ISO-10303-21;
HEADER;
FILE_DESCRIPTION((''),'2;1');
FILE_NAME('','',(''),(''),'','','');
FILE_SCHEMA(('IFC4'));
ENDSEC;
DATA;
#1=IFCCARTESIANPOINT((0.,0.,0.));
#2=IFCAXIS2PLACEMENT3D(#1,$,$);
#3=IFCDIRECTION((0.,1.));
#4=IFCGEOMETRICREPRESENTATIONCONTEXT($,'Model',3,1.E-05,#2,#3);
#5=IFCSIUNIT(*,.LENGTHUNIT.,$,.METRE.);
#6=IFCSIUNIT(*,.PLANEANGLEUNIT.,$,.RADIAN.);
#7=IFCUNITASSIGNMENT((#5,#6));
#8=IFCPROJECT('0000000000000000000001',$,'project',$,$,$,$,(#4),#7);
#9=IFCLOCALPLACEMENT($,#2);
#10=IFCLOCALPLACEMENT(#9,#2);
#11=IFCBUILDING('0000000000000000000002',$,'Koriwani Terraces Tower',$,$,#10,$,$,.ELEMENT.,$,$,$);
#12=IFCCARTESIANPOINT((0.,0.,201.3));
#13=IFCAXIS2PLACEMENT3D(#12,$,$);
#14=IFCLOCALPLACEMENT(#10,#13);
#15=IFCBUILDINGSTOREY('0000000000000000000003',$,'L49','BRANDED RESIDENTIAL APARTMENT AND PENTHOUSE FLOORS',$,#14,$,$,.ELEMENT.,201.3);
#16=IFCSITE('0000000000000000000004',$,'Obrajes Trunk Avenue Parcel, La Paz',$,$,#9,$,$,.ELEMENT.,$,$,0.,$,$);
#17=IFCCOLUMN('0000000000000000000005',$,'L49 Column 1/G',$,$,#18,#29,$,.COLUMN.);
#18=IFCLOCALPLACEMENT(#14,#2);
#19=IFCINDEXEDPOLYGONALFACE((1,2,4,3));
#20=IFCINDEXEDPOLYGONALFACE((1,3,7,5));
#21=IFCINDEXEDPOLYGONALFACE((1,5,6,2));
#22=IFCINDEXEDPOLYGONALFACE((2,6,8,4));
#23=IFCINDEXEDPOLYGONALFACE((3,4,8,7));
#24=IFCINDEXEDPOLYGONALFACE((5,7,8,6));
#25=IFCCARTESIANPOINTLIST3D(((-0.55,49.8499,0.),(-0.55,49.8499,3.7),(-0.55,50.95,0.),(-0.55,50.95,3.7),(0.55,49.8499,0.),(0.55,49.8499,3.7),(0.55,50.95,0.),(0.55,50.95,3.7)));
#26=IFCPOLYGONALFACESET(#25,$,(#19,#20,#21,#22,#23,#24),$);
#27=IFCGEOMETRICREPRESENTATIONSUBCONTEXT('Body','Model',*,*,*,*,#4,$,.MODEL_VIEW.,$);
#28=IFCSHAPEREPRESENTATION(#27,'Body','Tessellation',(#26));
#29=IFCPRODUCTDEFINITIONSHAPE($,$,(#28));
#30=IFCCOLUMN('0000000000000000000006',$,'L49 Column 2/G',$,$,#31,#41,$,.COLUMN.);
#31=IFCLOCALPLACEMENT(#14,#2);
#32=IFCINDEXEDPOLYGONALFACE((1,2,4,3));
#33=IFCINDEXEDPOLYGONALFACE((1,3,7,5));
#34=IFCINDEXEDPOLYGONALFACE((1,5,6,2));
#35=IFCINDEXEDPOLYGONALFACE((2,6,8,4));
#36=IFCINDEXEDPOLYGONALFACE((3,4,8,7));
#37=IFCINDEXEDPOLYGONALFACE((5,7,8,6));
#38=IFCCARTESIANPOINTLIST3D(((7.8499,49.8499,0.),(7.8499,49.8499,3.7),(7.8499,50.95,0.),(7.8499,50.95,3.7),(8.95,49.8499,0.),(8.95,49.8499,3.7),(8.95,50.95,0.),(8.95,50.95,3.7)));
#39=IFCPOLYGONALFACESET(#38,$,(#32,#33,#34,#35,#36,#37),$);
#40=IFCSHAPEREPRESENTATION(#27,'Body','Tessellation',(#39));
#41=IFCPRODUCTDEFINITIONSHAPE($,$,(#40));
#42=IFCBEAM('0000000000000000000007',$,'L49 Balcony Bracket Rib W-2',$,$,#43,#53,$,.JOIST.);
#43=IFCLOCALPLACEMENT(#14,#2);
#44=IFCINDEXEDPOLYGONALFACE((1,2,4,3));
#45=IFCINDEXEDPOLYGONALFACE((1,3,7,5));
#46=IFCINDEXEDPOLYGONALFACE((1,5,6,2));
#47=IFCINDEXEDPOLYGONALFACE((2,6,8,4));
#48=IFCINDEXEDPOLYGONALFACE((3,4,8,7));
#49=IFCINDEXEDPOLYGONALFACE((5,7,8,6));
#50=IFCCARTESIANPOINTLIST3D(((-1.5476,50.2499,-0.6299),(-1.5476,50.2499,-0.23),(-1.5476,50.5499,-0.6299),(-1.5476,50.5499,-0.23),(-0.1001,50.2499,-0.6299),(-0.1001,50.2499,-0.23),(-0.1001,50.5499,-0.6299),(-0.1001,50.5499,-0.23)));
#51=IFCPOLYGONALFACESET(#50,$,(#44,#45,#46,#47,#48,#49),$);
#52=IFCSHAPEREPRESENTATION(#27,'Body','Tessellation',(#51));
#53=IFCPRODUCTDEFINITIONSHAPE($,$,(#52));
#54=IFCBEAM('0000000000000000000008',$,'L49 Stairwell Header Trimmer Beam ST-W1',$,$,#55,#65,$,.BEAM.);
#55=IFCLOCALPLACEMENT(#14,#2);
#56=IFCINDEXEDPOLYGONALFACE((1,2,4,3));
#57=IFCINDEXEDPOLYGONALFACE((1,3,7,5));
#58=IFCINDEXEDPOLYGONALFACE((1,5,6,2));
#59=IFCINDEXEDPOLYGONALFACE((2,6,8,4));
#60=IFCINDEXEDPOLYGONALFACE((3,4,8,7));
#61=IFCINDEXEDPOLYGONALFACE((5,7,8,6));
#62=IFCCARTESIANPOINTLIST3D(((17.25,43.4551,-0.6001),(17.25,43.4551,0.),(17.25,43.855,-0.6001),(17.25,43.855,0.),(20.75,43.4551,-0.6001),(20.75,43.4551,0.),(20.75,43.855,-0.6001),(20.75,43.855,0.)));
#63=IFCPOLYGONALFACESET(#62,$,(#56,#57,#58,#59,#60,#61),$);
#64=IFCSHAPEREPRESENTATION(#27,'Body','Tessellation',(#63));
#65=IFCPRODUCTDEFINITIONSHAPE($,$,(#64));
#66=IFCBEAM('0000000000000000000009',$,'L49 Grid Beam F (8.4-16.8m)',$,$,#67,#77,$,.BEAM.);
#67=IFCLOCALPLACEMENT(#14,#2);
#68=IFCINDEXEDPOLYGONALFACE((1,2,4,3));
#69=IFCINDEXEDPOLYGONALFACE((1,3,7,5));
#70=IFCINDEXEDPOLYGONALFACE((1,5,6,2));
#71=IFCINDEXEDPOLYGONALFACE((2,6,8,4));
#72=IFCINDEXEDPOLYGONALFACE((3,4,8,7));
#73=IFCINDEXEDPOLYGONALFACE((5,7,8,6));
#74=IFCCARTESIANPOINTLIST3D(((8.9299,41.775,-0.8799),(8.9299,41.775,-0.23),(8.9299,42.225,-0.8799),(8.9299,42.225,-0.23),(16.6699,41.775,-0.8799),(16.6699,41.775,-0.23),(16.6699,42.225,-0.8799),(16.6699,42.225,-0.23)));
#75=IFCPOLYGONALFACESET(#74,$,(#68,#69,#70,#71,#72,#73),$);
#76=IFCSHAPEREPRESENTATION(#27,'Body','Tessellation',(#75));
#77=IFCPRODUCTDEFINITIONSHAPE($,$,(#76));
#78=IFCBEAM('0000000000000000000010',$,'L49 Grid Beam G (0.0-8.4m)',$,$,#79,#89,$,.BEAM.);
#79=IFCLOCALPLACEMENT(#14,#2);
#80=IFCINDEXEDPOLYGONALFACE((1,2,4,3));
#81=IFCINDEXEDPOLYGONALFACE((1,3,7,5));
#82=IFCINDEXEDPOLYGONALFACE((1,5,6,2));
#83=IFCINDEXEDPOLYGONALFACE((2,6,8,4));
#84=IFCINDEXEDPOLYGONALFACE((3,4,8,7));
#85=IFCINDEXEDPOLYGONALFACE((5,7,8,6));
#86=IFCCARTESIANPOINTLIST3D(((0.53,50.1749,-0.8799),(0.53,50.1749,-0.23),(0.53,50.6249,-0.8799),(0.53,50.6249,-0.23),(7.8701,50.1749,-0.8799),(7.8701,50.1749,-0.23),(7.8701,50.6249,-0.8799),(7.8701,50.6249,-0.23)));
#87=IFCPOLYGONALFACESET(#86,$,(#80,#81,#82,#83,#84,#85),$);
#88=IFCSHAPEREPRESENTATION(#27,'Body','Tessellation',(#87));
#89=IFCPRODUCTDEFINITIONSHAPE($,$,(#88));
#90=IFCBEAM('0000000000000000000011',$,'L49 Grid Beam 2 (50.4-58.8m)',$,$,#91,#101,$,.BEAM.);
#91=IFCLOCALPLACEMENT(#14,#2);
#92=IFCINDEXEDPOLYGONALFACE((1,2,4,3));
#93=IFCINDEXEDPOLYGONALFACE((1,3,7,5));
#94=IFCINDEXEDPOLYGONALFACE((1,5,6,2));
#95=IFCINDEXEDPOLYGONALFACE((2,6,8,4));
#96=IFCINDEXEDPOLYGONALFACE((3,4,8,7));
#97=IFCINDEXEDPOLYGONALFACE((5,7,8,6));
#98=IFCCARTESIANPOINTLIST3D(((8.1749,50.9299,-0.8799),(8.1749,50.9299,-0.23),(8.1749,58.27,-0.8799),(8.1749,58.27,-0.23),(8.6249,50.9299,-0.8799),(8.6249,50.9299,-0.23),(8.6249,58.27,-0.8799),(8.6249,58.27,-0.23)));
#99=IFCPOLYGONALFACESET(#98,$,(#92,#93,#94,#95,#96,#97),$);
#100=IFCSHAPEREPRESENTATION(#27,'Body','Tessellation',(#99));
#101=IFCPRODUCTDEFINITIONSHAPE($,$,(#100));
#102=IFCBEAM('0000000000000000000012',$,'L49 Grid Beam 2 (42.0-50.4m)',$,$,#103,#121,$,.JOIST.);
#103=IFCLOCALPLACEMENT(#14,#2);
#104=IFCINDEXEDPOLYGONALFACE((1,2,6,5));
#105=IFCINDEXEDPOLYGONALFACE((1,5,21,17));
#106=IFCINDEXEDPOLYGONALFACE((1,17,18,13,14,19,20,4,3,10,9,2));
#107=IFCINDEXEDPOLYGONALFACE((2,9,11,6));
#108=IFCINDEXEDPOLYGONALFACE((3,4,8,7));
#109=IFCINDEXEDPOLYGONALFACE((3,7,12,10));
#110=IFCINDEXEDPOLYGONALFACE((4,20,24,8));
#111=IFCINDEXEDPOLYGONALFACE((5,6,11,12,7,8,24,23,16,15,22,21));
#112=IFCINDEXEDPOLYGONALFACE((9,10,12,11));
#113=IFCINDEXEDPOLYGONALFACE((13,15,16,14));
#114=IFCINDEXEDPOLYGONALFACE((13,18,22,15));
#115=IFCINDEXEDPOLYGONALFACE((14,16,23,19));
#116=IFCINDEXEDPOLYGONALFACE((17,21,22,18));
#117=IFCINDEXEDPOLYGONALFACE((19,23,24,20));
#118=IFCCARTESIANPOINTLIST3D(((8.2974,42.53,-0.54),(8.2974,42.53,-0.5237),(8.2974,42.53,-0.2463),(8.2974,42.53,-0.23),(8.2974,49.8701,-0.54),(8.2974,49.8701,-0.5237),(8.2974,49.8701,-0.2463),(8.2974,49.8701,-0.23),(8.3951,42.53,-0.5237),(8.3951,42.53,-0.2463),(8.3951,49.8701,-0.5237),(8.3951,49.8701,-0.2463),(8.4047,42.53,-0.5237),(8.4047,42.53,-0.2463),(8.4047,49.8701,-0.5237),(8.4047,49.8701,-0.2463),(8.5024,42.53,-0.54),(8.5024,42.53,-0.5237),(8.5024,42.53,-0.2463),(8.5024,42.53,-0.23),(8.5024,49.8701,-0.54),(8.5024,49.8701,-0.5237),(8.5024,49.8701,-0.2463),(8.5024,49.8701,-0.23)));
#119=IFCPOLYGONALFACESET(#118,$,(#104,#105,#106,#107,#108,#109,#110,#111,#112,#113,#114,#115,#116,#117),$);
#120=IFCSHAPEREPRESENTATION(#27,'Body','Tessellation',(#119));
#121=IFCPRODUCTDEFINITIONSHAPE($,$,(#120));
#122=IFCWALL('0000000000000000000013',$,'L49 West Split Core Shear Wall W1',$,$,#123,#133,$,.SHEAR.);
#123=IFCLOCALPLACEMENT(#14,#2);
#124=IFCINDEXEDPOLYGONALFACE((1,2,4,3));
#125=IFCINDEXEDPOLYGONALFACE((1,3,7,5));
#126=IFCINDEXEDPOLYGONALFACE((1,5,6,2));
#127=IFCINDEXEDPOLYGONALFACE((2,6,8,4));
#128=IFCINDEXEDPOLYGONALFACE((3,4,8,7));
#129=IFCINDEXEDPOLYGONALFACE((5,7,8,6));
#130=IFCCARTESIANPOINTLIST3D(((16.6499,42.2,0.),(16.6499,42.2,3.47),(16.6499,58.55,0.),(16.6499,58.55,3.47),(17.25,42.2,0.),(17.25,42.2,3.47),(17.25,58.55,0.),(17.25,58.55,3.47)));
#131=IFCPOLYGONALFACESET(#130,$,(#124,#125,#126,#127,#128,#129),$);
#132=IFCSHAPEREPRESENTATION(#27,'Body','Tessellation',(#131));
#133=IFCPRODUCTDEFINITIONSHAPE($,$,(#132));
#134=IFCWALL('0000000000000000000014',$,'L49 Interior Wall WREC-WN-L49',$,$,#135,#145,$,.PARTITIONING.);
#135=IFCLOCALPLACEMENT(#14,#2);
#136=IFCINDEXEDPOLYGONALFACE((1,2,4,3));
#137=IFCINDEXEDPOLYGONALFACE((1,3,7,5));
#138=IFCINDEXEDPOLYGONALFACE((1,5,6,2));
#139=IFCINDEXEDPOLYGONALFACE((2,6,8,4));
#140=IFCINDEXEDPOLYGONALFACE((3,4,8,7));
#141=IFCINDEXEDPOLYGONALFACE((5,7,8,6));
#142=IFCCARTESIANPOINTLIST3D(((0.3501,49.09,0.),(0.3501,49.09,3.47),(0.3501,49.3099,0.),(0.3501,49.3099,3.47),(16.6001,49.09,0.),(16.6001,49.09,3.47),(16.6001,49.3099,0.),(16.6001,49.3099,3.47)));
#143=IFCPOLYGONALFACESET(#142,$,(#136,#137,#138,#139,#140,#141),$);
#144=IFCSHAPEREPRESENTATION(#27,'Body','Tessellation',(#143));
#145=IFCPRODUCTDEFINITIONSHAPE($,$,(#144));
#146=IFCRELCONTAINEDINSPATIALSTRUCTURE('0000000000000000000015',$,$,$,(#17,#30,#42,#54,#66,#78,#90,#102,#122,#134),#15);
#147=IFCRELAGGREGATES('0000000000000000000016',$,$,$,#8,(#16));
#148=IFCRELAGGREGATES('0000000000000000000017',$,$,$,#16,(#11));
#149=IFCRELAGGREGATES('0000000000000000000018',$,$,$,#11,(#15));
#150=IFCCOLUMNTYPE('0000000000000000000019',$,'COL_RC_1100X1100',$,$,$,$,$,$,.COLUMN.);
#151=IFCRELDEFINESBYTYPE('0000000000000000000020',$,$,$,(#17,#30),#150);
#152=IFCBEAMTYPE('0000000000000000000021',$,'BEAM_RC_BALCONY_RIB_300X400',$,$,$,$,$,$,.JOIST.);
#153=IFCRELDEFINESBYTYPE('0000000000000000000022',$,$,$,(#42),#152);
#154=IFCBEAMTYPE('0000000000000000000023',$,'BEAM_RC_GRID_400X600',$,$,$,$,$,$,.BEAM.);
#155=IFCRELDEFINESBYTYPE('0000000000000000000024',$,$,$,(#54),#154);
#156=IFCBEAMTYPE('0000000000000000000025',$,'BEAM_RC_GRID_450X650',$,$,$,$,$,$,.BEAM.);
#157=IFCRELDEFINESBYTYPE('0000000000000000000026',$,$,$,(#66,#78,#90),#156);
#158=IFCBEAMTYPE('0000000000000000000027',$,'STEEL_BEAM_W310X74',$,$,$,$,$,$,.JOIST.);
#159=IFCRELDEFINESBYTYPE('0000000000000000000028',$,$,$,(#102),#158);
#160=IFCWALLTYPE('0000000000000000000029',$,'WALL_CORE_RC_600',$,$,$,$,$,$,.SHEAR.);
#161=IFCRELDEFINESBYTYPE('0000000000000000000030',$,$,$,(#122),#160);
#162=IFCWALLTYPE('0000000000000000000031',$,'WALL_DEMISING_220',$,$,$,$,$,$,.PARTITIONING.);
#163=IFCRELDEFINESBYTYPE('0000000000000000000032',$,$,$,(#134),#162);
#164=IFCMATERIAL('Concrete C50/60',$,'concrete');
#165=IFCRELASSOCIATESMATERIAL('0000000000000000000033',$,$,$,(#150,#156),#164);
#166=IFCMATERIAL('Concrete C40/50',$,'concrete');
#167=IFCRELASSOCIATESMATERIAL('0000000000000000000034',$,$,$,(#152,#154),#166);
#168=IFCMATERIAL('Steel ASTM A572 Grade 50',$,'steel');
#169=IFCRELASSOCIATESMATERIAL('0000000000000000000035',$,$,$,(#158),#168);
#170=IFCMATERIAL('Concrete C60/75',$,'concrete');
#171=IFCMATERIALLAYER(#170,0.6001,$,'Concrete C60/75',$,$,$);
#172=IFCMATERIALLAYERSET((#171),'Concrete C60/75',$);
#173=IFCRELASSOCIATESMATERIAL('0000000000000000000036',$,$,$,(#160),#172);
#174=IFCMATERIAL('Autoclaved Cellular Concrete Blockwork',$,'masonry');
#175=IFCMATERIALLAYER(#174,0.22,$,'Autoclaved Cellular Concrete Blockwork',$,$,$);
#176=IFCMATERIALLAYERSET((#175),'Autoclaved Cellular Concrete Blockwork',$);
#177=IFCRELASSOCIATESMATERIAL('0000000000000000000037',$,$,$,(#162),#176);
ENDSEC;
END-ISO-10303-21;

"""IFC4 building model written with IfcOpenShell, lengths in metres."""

from ifc_helpers import new_model, si_unit, direction, frame, frame_2d, origin, origin_2d, place, context, subcontext, project, spatial, rectangle, i_section, extrude, material, layer, layer_set, material_profile, profile_set, type_object, element, save


model = new_model("IFC4")

# Units and contexts
model_context = context("Model", 3, precision=1e-05, world=origin(), true_north=direction((0.0, 1.0)))
body_context = subcontext(model_context, "Body", "Model", "MODEL_VIEW")
ifc_project = project(units=[si_unit("LENGTHUNIT", "METRE"), si_unit("PLANEANGLEUNIT", "RADIAN")], contexts=[model_context])

# Site, building, storey
site_placement = place(None, origin())
site = spatial("IfcSite", under=ifc_project, at=site_placement, Name="Obrajes Trunk Avenue Parcel, La Paz", CompositionType="ELEMENT", RefElevation=0.0)
building_placement = place(site_placement, origin())
building = spatial("IfcBuilding", under=site, at=building_placement, Name="Koriwani Terraces Tower", CompositionType="ELEMENT")
storey_placement = place(building_placement, frame((0.0, 0.0, 201.3)))
storey = spatial("IfcBuildingStorey", under=building, at=storey_placement, Name="L49", Description="BRANDED RESIDENTIAL APARTMENT AND PENTHOUSE FLOORS", CompositionType="ELEMENT", Elevation=201.3)

# Columns
ifc_material_1 = material(Name="Concrete C50/60", Category="concrete")
ifc_material_profile_1 = material_profile(ifc_material_1, rectangle(XDim=1.1001, YDim=1.1001, at=origin_2d()), Name="Concrete C50/60", Category="LoadBearing")
ifc_profile_set_1 = profile_set([ifc_material_profile_1], Name="Concrete C50/60")
column_type = type_object("IfcColumnType", Name="COL_RC_1100X1100", PredefinedType="COLUMN", material=ifc_profile_set_1)
for number, where, z_axis, x_axis, name in (
    (1, (0.0, 50.3999, 0.0), (0.0, 0.0, 1.0), (1.0, 0.0, 0.0), "L49 Column 1/G"),
    (2, (8.3999, 50.3999, 0.0), (0.0, 0.0, 1.0), (1.0, 0.0, 0.0), "L49 Column 2/G"),
):
    element("IfcColumn", number, at=place(storey_placement, frame(where, z_axis=z_axis, x_axis=x_axis)), inside=storey, type_object=column_type, Name=name, PredefinedType="COLUMN", context=body_context, shape_type="SweptSolid", body=[
        extrude(rectangle(XDim=1.1001, YDim=1.1001, at=origin_2d()), origin(), (0.0, 0.0, 1.0), 3.7),
    ])

# Beams
ifc_material_2 = material(Name="Concrete C40/50", Category="concrete")
ifc_material_profile_2 = material_profile(ifc_material_2, rectangle(XDim=0.3, YDim=0.3999, at=origin_2d()), Name="Concrete C40/50", Category="LoadBearing")
ifc_profile_set_2 = profile_set([ifc_material_profile_2], Name="Concrete C40/50")
beam_type_1 = type_object("IfcBeamType", Name="BEAM_RC_BALCONY_RIB_300X400", PredefinedType="JOIST", material=ifc_profile_set_2)
beam_1_placement = place(storey_placement, frame((-1.5476, 50.3999, -0.4299), z_axis=(1.0, 0.0, 0.0), x_axis=(0.0, 1.0, 0.0)))
element("IfcBeam", 3, at=beam_1_placement, inside=storey, type_object=beam_type_1, Name="L49 Balcony Bracket Rib W-2", PredefinedType="JOIST", context=body_context, shape_type="SweptSolid", body=[
    extrude(rectangle(XDim=0.3, YDim=0.3999, at=origin_2d()), origin(), (0.0, 0.0, 1.0), 1.4475),
])
ifc_material_profile_3 = material_profile(ifc_material_2, rectangle(XDim=0.3999, YDim=0.6001, at=origin_2d()), Name="Concrete C40/50", Category="LoadBearing")
ifc_profile_set_3 = profile_set([ifc_material_profile_3], Name="Concrete C40/50")
beam_type_2 = type_object("IfcBeamType", Name="BEAM_RC_GRID_400X600", PredefinedType="BEAM", material=ifc_profile_set_3)
beam_2_placement = place(storey_placement, frame((17.25, 43.655, -0.3), z_axis=(1.0, 0.0, 0.0), x_axis=(0.0, 1.0, 0.0)))
element("IfcBeam", 4, at=beam_2_placement, inside=storey, type_object=beam_type_2, Name="L49 Stairwell Header Trimmer Beam ST-W1", PredefinedType="BEAM", context=body_context, shape_type="SweptSolid", body=[
    extrude(rectangle(XDim=0.3999, YDim=0.6001, at=origin_2d()), origin(), (0.0, 0.0, 1.0), 3.5),
])
ifc_material_profile_4 = material_profile(ifc_material_1, rectangle(XDim=0.45, YDim=0.6499, at=origin_2d()), Name="Concrete C50/60", Category="LoadBearing")
ifc_profile_set_4 = profile_set([ifc_material_profile_4], Name="Concrete C50/60")
beam_type_3 = type_object("IfcBeamType", Name="BEAM_RC_GRID_450X650", PredefinedType="BEAM", material=ifc_profile_set_4)
beam_3_placement = place(storey_placement, frame((8.9299, 42.0, -0.5549), z_axis=(1.0, 0.0, 0.0), x_axis=(0.0, 1.0, 0.0)))
element("IfcBeam", 5, at=beam_3_placement, inside=storey, type_object=beam_type_3, Name="L49 Grid Beam F (8.4-16.8m)", PredefinedType="BEAM", context=body_context, shape_type="SweptSolid", body=[
    extrude(rectangle(XDim=0.45, YDim=0.6499, at=origin_2d()), origin(), (0.0, 0.0, 1.0), 7.74),
])
for number, where, z_axis, x_axis, name in (
    (6, (0.53, 50.3999, -0.5549), (1.0, 0.0, 0.0), (0.0, 1.0, 0.0), "L49 Grid Beam G (0.0-8.4m)"),
    (7, (8.3999, 50.9299, -0.5549), (0.0, 1.0, 0.0), (-1.0, 0.0, 0.0), "L49 Grid Beam 2 (50.4-58.8m)"),
):
    element("IfcBeam", number, at=place(storey_placement, frame(where, z_axis=z_axis, x_axis=x_axis)), inside=storey, type_object=beam_type_3, Name=name, PredefinedType="BEAM", context=body_context, shape_type="SweptSolid", body=[
        extrude(rectangle(XDim=0.45, YDim=0.6499, at=origin_2d()), origin(), (0.0, 0.0, 1.0), 7.3401),
    ])
ifc_material_3 = material(Name="Steel ASTM A572 Grade 50", Category="steel")
ifc_material_profile_5 = material_profile(ifc_material_3, i_section(OverallWidth=0.2051, OverallDepth=0.3101, WebThickness=0.0095, FlangeThickness=0.0164, at=origin_2d()), Name="Steel ASTM A572 Grade 50", Category="LoadBearing")
ifc_profile_set_5 = profile_set([ifc_material_profile_5], Name="Steel ASTM A572 Grade 50")
beam_type_4 = type_object("IfcBeamType", Name="STEEL_BEAM_W310X74", PredefinedType="JOIST", material=ifc_profile_set_5)
beam_4_placement = place(storey_placement, frame((8.3999, 42.53, -0.385), z_axis=(0.0, 1.0, 0.0), x_axis=(-1.0, 0.0, 0.0)))
element("IfcBeam", 8, at=beam_4_placement, inside=storey, type_object=beam_type_4, Name="L49 Grid Beam 2 (42.0-50.4m)", PredefinedType="JOIST", context=body_context, shape_type="SweptSolid", body=[
    extrude(i_section(OverallWidth=0.2051, OverallDepth=0.3101, WebThickness=0.0095, FlangeThickness=0.0164, at=origin_2d()), origin(), (0.0, 0.0, 1.0), 7.3401),
])

# Walls
ifc_material_4 = material(Name="Concrete C60/75", Category="concrete")
ifc_layer_1 = layer(ifc_material_4, 0.6001, Name="Concrete C60/75")
ifc_layer_set_1 = layer_set([ifc_layer_1], Name="Concrete C60/75")
wall_type_1 = type_object("IfcWallType", Name="WALL_CORE_RC_600", PredefinedType="SHEAR", material=ifc_layer_set_1)
wall_1_placement = place(storey_placement, frame((16.95, 42.2, 0.0), z_axis=(0.0, 0.0, 1.0), x_axis=(0.0, 1.0, 0.0)))
element("IfcWall", 9, at=wall_1_placement, inside=storey, type_object=wall_type_1, Name="L49 West Split Core Shear Wall W1", PredefinedType="SHEAR", context=body_context, shape_type="SweptSolid", body=[
    extrude(rectangle(XDim=16.3501, YDim=0.6001, at=frame_2d((8.175, 0.0))), origin(), (0.0, 0.0, 1.0), 3.47),
])
ifc_material_5 = material(Name="Autoclaved Cellular Concrete Blockwork", Category="masonry")
ifc_layer_2 = layer(ifc_material_5, 0.22, Name="Autoclaved Cellular Concrete Blockwork")
ifc_layer_set_2 = layer_set([ifc_layer_2], Name="Autoclaved Cellular Concrete Blockwork")
wall_type_2 = type_object("IfcWallType", Name="WALL_DEMISING_220", PredefinedType="PARTITIONING", material=ifc_layer_set_2)
wall_2_placement = place(storey_placement, frame((0.3501, 49.2, 0.0), z_axis=(0.0, 0.0, 1.0), x_axis=(1.0, 0.0, 0.0)))
element("IfcWall", 10, at=wall_2_placement, inside=storey, type_object=wall_type_2, Name="L49 Interior Wall WREC-WN-L49", PredefinedType="PARTITIONING", context=body_context, shape_type="SweptSolid", body=[
    extrude(rectangle(XDim=16.25, YDim=0.22, at=frame_2d((8.125, 0.0))), origin(), (0.0, 0.0, 1.0), 3.47),
])

save(model, "model.ifc")
